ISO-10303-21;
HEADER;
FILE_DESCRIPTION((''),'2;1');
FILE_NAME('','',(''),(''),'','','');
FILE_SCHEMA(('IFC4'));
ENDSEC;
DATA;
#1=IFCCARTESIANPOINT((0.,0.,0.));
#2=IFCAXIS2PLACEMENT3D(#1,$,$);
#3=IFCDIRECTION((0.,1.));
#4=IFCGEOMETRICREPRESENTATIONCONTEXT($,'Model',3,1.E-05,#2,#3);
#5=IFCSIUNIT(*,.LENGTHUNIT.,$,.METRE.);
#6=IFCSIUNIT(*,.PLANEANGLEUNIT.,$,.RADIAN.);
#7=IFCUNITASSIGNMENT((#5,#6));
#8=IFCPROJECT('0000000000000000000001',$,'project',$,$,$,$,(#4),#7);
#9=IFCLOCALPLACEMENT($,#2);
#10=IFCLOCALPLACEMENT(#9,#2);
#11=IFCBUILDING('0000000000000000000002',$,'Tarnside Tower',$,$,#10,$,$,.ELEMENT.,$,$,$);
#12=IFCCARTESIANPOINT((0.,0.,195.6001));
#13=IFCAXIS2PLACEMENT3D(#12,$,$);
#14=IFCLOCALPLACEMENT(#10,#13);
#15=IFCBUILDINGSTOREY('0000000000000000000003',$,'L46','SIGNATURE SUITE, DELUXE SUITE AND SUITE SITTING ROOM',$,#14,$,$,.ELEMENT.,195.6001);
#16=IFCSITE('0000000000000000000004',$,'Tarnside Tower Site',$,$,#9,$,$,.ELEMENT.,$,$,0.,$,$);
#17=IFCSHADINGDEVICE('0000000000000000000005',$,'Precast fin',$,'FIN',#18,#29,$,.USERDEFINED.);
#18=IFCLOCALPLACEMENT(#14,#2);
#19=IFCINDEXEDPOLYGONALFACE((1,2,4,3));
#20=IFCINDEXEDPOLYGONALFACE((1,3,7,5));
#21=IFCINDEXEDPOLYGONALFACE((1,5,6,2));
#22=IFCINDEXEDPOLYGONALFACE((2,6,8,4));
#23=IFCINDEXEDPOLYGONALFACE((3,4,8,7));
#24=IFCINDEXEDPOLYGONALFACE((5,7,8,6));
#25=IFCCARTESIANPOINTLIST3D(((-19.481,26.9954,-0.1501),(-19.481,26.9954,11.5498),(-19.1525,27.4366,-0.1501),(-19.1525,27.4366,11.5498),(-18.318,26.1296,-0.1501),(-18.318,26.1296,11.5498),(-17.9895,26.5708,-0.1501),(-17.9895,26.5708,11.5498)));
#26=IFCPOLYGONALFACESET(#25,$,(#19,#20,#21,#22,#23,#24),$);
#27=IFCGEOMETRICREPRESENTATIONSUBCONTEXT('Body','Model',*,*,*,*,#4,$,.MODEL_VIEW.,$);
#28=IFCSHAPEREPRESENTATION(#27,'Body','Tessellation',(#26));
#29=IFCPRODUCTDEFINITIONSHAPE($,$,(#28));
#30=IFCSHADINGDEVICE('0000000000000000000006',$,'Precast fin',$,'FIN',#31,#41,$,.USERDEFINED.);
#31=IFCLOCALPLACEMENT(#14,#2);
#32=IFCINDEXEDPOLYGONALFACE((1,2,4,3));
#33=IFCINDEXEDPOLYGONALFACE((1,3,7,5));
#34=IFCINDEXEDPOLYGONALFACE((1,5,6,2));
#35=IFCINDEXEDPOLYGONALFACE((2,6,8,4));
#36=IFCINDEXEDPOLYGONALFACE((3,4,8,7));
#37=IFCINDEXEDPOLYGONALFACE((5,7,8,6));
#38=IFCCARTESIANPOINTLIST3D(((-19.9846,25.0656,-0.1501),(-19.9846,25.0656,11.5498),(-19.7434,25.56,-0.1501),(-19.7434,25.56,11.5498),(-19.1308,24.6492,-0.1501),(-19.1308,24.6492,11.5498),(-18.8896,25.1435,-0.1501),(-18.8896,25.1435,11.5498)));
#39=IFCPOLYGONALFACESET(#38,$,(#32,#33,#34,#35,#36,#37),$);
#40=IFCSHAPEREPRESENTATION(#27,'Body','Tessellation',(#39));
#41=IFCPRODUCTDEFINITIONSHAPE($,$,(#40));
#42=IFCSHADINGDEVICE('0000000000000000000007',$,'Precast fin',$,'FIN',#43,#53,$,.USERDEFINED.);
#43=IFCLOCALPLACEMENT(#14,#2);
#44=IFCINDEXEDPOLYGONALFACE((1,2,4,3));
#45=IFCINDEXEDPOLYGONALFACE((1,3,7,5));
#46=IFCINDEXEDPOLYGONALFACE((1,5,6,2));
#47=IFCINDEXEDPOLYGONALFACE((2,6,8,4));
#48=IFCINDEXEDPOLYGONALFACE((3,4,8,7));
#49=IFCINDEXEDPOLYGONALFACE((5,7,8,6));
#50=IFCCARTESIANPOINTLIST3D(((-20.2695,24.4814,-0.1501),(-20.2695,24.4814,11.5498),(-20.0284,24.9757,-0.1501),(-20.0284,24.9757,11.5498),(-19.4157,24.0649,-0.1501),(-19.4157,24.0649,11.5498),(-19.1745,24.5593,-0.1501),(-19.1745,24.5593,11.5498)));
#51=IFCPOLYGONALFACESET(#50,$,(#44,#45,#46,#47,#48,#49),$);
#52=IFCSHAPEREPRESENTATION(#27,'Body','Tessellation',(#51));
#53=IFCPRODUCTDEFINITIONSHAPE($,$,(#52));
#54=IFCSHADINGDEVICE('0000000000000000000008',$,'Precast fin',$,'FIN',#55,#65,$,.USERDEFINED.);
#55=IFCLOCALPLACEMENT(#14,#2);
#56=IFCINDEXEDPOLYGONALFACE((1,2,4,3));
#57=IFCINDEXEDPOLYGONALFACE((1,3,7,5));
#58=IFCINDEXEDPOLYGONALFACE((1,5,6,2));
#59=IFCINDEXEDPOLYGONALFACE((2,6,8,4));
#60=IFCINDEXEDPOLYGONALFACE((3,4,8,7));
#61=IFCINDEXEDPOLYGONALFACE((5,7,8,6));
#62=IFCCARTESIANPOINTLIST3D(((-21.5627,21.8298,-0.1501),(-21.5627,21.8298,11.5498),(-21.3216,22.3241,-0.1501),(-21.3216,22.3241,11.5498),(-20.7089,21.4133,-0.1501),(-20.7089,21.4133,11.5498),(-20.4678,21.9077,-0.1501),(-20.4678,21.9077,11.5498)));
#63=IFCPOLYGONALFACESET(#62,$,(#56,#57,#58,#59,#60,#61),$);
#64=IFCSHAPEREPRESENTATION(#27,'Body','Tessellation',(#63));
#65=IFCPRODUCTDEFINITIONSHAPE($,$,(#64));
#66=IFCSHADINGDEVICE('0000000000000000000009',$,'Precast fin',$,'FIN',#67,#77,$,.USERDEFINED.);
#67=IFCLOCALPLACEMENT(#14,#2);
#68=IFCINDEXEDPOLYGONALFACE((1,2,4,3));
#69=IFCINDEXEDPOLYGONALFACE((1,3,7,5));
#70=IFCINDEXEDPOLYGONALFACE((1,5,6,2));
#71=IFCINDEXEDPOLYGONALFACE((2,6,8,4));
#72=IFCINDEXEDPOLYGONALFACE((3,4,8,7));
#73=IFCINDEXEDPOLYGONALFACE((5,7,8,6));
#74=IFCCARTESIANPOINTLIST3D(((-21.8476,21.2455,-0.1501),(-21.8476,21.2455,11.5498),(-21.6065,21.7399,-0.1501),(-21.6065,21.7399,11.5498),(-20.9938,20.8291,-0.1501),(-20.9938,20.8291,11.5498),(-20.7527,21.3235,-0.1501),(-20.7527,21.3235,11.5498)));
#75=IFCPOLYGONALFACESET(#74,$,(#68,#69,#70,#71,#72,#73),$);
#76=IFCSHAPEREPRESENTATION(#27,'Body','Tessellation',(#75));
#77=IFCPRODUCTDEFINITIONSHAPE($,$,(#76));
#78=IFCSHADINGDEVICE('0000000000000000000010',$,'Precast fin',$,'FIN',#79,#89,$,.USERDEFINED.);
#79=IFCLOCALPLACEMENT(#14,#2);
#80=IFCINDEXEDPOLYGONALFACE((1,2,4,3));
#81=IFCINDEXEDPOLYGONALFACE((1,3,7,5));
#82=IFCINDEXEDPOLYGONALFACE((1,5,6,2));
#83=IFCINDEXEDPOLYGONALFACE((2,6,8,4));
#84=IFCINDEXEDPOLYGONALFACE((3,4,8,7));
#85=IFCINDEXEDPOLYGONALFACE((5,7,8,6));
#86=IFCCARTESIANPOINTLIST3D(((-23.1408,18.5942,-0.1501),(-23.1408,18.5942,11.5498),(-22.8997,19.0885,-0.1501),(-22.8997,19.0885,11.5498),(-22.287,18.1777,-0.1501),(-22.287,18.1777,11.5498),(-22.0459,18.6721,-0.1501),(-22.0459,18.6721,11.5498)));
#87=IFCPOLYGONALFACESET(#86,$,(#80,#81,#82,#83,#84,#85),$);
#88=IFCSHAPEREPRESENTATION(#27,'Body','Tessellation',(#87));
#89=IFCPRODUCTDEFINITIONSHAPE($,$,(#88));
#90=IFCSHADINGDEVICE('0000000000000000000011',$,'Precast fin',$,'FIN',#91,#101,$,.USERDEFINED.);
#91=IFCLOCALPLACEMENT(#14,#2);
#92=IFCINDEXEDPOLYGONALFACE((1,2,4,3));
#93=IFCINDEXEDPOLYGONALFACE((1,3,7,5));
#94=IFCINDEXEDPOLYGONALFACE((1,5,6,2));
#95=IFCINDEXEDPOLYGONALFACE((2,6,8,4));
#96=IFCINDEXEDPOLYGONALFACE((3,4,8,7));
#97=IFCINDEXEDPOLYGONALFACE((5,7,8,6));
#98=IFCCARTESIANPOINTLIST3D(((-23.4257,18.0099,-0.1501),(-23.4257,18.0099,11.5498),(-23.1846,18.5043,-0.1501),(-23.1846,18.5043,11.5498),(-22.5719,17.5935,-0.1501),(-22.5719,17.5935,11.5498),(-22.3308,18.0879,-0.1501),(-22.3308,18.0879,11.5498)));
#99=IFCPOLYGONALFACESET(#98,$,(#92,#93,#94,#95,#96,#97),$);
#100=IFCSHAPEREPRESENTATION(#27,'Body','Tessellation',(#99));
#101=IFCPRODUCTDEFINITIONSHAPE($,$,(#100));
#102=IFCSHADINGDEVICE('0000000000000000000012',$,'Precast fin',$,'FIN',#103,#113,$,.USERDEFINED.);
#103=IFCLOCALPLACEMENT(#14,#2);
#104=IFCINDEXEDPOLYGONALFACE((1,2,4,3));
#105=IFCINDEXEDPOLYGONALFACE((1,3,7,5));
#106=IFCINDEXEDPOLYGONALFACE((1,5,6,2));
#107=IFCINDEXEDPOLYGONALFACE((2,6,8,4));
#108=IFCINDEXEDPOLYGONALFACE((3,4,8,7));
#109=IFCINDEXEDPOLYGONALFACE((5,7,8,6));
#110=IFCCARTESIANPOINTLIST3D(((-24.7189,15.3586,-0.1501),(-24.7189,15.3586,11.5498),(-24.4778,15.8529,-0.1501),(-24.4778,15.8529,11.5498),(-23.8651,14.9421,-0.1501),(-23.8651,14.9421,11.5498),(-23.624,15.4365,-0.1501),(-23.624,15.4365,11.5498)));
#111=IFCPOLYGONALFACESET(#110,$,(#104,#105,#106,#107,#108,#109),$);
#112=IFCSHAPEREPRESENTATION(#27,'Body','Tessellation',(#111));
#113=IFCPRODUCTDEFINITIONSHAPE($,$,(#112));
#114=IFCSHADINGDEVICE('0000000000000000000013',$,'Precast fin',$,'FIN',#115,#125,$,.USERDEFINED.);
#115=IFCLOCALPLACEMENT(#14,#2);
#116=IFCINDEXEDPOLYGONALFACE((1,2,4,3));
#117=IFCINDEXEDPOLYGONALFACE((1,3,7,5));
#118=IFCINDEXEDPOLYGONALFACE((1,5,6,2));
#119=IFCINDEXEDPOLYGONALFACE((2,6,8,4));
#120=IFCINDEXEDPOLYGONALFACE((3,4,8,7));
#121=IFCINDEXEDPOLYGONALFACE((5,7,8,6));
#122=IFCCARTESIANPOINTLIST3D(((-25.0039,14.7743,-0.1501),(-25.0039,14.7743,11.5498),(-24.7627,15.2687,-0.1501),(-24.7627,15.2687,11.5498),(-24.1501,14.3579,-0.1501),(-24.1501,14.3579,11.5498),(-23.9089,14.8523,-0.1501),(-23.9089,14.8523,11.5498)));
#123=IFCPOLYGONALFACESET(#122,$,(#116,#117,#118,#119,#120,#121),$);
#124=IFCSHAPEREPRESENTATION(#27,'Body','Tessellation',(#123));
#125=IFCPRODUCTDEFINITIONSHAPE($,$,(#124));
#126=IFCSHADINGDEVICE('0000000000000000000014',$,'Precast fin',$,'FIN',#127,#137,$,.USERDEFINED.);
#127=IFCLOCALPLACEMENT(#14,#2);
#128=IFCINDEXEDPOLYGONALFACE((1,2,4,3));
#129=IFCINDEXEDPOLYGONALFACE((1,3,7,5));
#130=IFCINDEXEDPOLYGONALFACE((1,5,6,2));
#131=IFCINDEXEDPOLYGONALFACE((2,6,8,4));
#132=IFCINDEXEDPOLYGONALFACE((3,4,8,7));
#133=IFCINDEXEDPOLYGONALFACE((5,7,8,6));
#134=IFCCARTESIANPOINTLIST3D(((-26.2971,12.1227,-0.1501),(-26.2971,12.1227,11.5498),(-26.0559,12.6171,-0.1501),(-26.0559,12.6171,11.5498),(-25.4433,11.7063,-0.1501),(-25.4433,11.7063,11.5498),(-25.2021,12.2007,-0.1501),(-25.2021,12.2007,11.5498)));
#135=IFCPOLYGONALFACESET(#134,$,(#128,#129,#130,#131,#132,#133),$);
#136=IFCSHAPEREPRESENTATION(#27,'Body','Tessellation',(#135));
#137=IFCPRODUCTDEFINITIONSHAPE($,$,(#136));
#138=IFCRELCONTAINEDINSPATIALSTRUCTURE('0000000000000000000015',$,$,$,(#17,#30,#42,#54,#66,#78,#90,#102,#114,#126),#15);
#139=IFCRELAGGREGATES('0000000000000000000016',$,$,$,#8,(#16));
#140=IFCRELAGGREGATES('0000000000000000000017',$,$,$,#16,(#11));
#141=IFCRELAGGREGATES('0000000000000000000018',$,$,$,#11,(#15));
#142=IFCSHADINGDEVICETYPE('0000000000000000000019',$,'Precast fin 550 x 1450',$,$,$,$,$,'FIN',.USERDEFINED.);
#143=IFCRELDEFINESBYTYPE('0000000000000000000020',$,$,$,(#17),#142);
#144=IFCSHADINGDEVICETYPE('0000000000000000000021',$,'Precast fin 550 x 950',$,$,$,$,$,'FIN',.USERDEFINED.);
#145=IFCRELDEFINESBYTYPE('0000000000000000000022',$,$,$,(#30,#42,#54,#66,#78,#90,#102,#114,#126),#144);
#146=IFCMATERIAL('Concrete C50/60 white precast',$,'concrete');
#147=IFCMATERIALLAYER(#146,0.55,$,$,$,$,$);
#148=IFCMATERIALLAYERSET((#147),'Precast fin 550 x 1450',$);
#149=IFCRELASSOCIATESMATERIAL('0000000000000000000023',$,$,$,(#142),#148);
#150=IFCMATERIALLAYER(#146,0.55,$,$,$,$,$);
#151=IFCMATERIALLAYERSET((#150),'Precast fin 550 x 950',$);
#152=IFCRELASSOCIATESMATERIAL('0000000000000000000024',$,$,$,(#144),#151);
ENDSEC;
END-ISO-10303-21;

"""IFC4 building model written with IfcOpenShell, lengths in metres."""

from ifc_helpers import new_model, si_unit, direction, frame, origin, place, context, subcontext, project, spatial, polyline, outline, extrude, material, layer, layer_set, type_object, element, save


model = new_model("IFC4")

# Units and contexts
model_context = context("Model", 3, precision=1e-05, world=origin(), true_north=direction((0.0, 1.0)))
body_context = subcontext(model_context, "Body", "Model", "MODEL_VIEW")
ifc_project = project(units=[si_unit("LENGTHUNIT", "METRE"), si_unit("PLANEANGLEUNIT", "RADIAN")], contexts=[model_context])

# Site, building, storey
site_placement = place(None, origin())
site = spatial("IfcSite", under=ifc_project, at=site_placement, Name="Tarnside Tower Site", CompositionType="ELEMENT", RefElevation=0.0)
building_placement = place(site_placement, origin())
building = spatial("IfcBuilding", under=site, at=building_placement, Name="Tarnside Tower", CompositionType="ELEMENT")
storey_placement = place(building_placement, frame((0.0, 0.0, 195.6001)))
storey = spatial("IfcBuildingStorey", under=building, at=storey_placement, Name="L46", Description="SIGNATURE SUITE, DELUXE SUITE AND SUITE SITTING ROOM", CompositionType="ELEMENT", Elevation=195.6001)

# Shading devices
ifc_material_1 = material(Name="Concrete C50/60 white precast", Category="concrete")
ifc_layer_1 = layer(ifc_material_1, 0.55)
ifc_layer_set_1 = layer_set([ifc_layer_1], Name="Precast fin 550 x 1450")
shading_device_type_1 = type_object("IfcShadingDeviceType", Name="Precast fin 550 x 1450", ElementType="FIN", PredefinedType="USERDEFINED", material=ifc_layer_set_1)
for number, where, z_axis, x_axis, name in (
    (1, (-18.1538, 26.3501, -0.1501), (0.597159, 0.802123, 0.0), (-0.802123, 0.597159, 0.0), "Precast fin"),
):
    element("IfcShadingDevice", number, at=place(storey_placement, frame(where, z_axis=z_axis, x_axis=x_axis)), inside=storey, type_object=shading_device_type_1, Name=name, ObjectType="FIN", PredefinedType="USERDEFINED", context=body_context, shape_type="SweptSolid", body=[
        extrude(outline(polyline([(0.0, 0.0), (1.45, 0.0), (1.45, 11.7), (0.0, 11.7), (0.0, 0.0)])), frame((0.0, 0.0, -0.2749)), (0.0, 0.0, 1.0), 0.55),
    ])
ifc_layer_2 = layer(ifc_material_1, 0.55)
ifc_layer_set_2 = layer_set([ifc_layer_2], Name="Precast fin 550 x 950")
shading_device_type_2 = type_object("IfcShadingDeviceType", Name="Precast fin 550 x 950", ElementType="FIN", PredefinedType="USERDEFINED", material=ifc_layer_set_2)
for number, where, z_axis, x_axis, name in (
    (2, (-19.0103, 24.8962, -0.1501), (0.438371, 0.898794, 0.0), (-0.898794, 0.438371, 0.0), "Precast fin"),
    (3, (-19.2952, 24.312, -0.1501), (0.438371, 0.898794, 0.0), (-0.898794, 0.438371, 0.0), "Precast fin"),
    (4, (-20.5884, 21.6604, -0.1501), (0.438371, 0.898794, 0.0), (-0.898794, 0.438371, 0.0), "Precast fin"),
    (5, (-20.8733, 21.0762, -0.1501), (0.438371, 0.898794, 0.0), (-0.898794, 0.438371, 0.0), "Precast fin"),
    (6, (-22.1665, 18.4248, -0.1501), (0.438371, 0.898794, 0.0), (-0.898794, 0.438371, 0.0), "Precast fin"),
    (7, (-22.4514, 17.8406, -0.1501), (0.438371, 0.898794, 0.0), (-0.898794, 0.438371, 0.0), "Precast fin"),
    (8, (-23.7446, 15.1892, -0.1501), (0.438371, 0.898794, 0.0), (-0.898794, 0.438371, 0.0), "Precast fin"),
    (9, (-24.0295, 14.605, -0.1501), (0.438371, 0.898794, 0.0), (-0.898794, 0.438371, 0.0), "Precast fin"),
    (10, (-25.3228, 11.9534, -0.1501), (0.438371, 0.898794, 0.0), (-0.898794, 0.438371, 0.0), "Precast fin"),
):
    element("IfcShadingDevice", number, at=place(storey_placement, frame(where, z_axis=z_axis, x_axis=x_axis)), inside=storey, type_object=shading_device_type_2, Name=name, ObjectType="FIN", PredefinedType="USERDEFINED", context=body_context, shape_type="SweptSolid", body=[
        extrude(outline(polyline([(0.0, 0.0), (0.95, 0.0), (0.95, 11.7), (0.0, 11.7), (0.0, 0.0)])), frame((0.0, 0.0, -0.2749)), (0.0, 0.0, 1.0), 0.55),
    ])

save(model, "model.ifc")
